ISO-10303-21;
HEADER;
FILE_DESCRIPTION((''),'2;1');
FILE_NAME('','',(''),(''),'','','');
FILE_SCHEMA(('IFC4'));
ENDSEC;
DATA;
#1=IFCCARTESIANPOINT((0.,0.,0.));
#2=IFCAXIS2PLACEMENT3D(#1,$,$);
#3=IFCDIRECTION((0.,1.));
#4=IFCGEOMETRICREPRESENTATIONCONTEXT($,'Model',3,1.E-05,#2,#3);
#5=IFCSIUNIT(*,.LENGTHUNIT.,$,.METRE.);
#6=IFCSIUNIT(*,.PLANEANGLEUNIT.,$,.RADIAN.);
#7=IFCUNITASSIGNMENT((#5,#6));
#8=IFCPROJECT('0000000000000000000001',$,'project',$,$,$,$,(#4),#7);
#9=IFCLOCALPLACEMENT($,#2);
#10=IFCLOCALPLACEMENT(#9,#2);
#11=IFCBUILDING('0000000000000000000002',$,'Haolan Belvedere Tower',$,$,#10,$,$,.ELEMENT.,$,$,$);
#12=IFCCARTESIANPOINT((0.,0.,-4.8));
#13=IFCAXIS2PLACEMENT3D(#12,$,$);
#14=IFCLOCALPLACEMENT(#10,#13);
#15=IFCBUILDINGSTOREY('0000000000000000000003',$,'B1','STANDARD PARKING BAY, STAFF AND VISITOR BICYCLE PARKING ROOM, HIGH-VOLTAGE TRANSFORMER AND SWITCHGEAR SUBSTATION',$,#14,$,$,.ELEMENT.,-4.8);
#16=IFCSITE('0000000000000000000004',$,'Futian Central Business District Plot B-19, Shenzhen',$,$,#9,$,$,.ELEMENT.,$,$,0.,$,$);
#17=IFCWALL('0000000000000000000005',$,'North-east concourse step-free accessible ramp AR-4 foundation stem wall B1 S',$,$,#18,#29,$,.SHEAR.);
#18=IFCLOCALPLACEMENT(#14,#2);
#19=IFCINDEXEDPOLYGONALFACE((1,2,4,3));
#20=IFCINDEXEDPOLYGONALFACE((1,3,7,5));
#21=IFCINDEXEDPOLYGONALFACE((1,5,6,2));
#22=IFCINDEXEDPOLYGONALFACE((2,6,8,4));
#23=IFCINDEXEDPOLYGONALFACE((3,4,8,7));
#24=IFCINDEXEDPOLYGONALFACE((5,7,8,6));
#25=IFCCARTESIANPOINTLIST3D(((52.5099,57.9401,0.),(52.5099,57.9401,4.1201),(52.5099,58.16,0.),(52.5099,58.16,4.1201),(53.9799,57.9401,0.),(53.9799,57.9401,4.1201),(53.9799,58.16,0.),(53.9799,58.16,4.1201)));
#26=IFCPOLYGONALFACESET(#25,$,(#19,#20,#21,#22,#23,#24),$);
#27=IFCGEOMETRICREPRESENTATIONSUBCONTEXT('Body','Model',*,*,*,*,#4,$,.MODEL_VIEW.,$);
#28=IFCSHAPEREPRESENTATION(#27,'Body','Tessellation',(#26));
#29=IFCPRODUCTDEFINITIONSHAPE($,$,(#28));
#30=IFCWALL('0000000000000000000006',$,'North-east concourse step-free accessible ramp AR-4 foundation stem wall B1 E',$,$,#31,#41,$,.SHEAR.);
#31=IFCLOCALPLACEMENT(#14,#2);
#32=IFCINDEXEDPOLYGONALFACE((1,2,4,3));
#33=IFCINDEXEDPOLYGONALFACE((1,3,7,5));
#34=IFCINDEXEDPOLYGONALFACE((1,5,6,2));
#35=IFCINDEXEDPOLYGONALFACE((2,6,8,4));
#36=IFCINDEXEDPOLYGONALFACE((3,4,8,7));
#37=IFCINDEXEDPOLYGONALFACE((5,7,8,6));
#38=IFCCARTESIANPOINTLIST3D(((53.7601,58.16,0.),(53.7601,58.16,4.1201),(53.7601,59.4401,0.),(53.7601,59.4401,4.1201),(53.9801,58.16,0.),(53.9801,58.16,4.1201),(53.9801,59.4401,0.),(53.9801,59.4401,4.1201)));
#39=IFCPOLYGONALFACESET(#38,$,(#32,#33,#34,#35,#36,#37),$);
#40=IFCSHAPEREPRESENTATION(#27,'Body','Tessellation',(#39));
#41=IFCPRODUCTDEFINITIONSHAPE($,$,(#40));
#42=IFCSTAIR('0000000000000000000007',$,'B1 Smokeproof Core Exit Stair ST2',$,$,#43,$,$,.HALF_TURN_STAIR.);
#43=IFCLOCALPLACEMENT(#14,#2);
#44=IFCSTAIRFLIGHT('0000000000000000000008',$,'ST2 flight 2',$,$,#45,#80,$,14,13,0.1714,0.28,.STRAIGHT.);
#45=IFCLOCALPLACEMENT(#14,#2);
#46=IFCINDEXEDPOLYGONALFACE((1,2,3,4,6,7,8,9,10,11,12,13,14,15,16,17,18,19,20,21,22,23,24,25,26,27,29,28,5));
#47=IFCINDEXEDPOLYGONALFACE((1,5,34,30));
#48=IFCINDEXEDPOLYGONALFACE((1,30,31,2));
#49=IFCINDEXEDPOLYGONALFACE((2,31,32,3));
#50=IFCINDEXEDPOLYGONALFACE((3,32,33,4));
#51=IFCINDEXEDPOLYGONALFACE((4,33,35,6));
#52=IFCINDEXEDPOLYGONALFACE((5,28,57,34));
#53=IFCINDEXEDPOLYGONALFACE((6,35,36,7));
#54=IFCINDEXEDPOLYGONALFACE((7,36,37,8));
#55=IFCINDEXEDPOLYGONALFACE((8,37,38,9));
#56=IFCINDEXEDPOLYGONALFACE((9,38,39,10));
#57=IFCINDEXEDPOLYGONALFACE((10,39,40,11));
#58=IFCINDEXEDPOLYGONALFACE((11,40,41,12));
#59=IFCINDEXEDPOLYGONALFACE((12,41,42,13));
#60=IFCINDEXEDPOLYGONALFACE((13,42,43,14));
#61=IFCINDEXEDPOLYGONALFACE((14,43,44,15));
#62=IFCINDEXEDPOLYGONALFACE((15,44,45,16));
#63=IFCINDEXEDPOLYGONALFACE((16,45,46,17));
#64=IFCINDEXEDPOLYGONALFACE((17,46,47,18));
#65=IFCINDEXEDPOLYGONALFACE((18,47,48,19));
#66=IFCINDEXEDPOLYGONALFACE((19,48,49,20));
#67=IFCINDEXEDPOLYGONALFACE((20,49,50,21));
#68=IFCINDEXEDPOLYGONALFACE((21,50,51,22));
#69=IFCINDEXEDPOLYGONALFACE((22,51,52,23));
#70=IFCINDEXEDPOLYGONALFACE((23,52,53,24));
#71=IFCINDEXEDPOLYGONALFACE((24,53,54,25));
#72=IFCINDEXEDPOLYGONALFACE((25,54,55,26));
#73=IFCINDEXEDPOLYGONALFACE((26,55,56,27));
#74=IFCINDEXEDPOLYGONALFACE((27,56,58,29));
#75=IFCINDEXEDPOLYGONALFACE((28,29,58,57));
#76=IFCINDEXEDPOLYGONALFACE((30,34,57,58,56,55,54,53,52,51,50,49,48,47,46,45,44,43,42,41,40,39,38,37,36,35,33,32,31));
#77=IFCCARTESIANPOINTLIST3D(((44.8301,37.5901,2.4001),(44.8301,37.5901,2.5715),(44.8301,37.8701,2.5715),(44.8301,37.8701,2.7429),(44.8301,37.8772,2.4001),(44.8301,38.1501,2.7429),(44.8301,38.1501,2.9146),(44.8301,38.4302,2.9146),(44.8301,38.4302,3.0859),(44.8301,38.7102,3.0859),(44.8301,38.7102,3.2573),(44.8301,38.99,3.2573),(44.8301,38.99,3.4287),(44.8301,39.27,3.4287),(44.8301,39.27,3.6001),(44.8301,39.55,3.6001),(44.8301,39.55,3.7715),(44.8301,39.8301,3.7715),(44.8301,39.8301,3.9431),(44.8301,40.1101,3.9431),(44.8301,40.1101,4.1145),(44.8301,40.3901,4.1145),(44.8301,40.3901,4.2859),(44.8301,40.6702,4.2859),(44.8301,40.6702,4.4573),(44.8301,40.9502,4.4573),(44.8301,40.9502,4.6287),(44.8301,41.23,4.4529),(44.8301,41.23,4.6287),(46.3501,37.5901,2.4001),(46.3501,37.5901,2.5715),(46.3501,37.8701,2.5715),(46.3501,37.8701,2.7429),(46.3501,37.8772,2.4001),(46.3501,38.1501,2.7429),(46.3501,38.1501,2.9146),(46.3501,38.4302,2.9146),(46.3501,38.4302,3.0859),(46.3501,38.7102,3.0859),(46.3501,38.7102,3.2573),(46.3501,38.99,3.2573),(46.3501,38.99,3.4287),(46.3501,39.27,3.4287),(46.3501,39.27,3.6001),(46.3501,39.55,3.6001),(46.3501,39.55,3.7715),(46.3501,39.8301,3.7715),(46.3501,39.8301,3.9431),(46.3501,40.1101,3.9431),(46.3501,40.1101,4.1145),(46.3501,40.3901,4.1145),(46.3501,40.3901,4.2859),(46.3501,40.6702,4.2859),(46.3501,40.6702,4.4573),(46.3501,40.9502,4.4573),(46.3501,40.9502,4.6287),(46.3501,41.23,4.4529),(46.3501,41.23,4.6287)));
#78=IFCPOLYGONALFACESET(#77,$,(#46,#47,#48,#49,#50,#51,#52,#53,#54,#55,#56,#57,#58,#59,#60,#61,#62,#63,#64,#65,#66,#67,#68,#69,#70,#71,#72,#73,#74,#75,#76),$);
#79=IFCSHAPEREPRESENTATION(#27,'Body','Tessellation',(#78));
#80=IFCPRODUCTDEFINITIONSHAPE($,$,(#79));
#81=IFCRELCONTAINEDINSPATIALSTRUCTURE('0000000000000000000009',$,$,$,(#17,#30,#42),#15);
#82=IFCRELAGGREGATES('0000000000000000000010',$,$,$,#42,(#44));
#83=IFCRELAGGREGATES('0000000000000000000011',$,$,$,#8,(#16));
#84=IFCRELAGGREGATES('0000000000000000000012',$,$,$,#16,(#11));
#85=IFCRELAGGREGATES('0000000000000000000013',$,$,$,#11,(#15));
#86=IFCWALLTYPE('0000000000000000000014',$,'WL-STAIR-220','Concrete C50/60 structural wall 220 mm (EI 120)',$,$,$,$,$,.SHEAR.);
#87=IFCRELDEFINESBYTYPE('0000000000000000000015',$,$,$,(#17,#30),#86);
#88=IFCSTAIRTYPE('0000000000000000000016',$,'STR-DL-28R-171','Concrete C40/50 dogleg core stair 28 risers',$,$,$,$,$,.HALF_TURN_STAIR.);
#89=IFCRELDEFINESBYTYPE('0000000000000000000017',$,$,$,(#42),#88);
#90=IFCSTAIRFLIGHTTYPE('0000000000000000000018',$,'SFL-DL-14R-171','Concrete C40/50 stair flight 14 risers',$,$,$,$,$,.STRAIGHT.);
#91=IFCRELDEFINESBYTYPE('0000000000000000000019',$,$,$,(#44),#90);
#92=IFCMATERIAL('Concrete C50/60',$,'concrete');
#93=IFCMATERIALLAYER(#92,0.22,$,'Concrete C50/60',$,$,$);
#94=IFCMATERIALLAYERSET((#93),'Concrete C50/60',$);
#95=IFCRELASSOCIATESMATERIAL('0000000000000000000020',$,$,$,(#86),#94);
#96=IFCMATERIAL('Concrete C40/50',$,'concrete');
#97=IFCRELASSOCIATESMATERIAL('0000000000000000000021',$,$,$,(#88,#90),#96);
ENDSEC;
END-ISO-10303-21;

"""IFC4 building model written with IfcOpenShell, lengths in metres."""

from ifc_helpers import new_model, si_unit, direction, frame, frame_2d, origin, place, context, subcontext, project, spatial, polyline, rectangle, outline, extrude, material, layer, layer_set, type_object, element, aggregate, save


model = new_model("IFC4")

# Units and contexts
model_context = context("Model", 3, precision=1e-05, world=origin(), true_north=direction((0.0, 1.0)))
body_context = subcontext(model_context, "Body", "Model", "MODEL_VIEW")
ifc_project = project(units=[si_unit("LENGTHUNIT", "METRE"), si_unit("PLANEANGLEUNIT", "RADIAN")], contexts=[model_context])

# Site, building, storey
site_placement = place(None, origin())
site = spatial("IfcSite", under=ifc_project, at=site_placement, Name="Futian Central Business District Plot B-19, Shenzhen", CompositionType="ELEMENT", RefElevation=0.0)
building_placement = place(site_placement, origin())
building = spatial("IfcBuilding", under=site, at=building_placement, Name="Haolan Belvedere Tower", CompositionType="ELEMENT")
storey_placement = place(building_placement, frame((0.0, 0.0, -4.8)))
storey = spatial("IfcBuildingStorey", under=building, at=storey_placement, Name="B1", Description="STANDARD PARKING BAY, STAFF AND VISITOR BICYCLE PARKING ROOM, HIGH-VOLTAGE TRANSFORMER AND SWITCHGEAR SUBSTATION", CompositionType="ELEMENT", Elevation=-4.8)

# Shared definitions
ifc_material_1 = material(Name="Concrete C50/60", Category="concrete")

# Shared definitions
ifc_material_2 = material(Name="Concrete C40/50", Category="concrete")

# Shared definitions
ifc_layer_1 = layer(ifc_material_1, 0.22, Name="Concrete C50/60")
ifc_layer_set_1 = layer_set([ifc_layer_1], Name="Concrete C50/60")
wall_type_1 = type_object("IfcWallType", Name="WL-STAIR-220", Description="Concrete C50/60 structural wall 220 mm (EI 120)", PredefinedType="SHEAR", material=ifc_layer_set_1)

# Walls
for number, where, z_axis, x_axis, name in (
    (1, (52.51, 58.05, 0.0), (0.0, 0.0, 1.0), (1.0, 0.0, 0.0), "North-east concourse step-free accessible ramp AR-4 foundation stem wall B1 S"),
):
    element("IfcWall", number, at=place(storey_placement, frame(where, z_axis=z_axis, x_axis=x_axis)), inside=storey, type_object=wall_type_1, Name=name, PredefinedType="SHEAR", context=body_context, shape_type="SweptSolid", body=[
        extrude(rectangle(XDim=1.47, YDim=0.22, at=frame_2d((0.7349, 0.0))), origin(), (0.0, 0.0, 1.0), 4.1201),
    ])
wall_1_placement = place(storey_placement, frame((53.8701, 58.1599, 0.0), z_axis=(0.0, 0.0, 1.0), x_axis=(0.0, 1.0, 0.0)))
element("IfcWall", 2, at=wall_1_placement, inside=storey, type_object=wall_type_1, Name="North-east concourse step-free accessible ramp AR-4 foundation stem wall B1 E", PredefinedType="SHEAR", context=body_context, shape_type="SweptSolid", body=[
    extrude(rectangle(XDim=1.28, YDim=0.22, at=frame_2d((0.6401, 0.0))), origin(), (0.0, 0.0, 1.0), 4.1201),
])

# Stair, stair flight
stair_type = type_object("IfcStairType", Name="STR-DL-28R-171", Description="Concrete C40/50 dogleg core stair 28 risers", PredefinedType="HALF_TURN_STAIR", material=ifc_material_2)
stair_placement = place(storey_placement, origin())
stair = element("IfcStair", 3, at=stair_placement, inside=storey, type_object=stair_type, Name="B1 Smokeproof Core Exit Stair ST2", PredefinedType="HALF_TURN_STAIR")
stair_flight_type = type_object("IfcStairFlightType", Name="SFL-DL-14R-171", Description="Concrete C40/50 stair flight 14 risers", PredefinedType="STRAIGHT", material=ifc_material_2)
stair_flight_placement = place(storey_placement, frame((45.5901, 37.5901, 2.4001), z_axis=(0.0, 0.0, 1.0), x_axis=(0.0, 1.0, 0.0)))
stair_flight = element("IfcStairFlight", 4, at=stair_flight_placement, type_object=stair_flight_type, Name="ST2 flight 2", NumberOfRisers=14, NumberOfTreads=13, PredefinedType="STRAIGHT", RiserHeight=0.1714, TreadLength=0.28, context=body_context, shape_type="SweptSolid", body=[
    extrude(outline(polyline([(0.0, 0.0), (0.0, 0.1714), (0.28, 0.1714), (0.28, 0.3428), (0.5601, 0.3428), (0.5601, 0.5144), (0.8401, 0.5144), (0.8401, 0.6858), (1.1201, 0.6858), (1.1201, 0.8572), (1.3999, 0.8572), (1.3999, 1.0286), (1.6799, 1.0286), (1.6799, 1.2), (1.96, 1.2), (1.96, 1.3713), (2.24, 1.3713), (2.24, 1.543), (2.52, 1.543), (2.52, 1.7144), (2.8, 1.7144), (2.8, 1.8857), (3.0801, 1.8857), (3.0801, 2.0571), (3.3601, 2.0571), (3.3601, 2.2285), (3.6399, 2.2285), (3.6399, 2.3999), (3.6399, 2.0527), (0.2871, 0.0), (0.0, 0.0)])), frame((0.0, 0.76, 0.0), z_axis=(0.0, -1.0, 0.0), x_axis=(1.0, 0.0, 0.0)), (0.0, 0.0, 1.0), 1.52),
])
aggregate(stair, [stair_flight])

save(model, "model.ifc")
